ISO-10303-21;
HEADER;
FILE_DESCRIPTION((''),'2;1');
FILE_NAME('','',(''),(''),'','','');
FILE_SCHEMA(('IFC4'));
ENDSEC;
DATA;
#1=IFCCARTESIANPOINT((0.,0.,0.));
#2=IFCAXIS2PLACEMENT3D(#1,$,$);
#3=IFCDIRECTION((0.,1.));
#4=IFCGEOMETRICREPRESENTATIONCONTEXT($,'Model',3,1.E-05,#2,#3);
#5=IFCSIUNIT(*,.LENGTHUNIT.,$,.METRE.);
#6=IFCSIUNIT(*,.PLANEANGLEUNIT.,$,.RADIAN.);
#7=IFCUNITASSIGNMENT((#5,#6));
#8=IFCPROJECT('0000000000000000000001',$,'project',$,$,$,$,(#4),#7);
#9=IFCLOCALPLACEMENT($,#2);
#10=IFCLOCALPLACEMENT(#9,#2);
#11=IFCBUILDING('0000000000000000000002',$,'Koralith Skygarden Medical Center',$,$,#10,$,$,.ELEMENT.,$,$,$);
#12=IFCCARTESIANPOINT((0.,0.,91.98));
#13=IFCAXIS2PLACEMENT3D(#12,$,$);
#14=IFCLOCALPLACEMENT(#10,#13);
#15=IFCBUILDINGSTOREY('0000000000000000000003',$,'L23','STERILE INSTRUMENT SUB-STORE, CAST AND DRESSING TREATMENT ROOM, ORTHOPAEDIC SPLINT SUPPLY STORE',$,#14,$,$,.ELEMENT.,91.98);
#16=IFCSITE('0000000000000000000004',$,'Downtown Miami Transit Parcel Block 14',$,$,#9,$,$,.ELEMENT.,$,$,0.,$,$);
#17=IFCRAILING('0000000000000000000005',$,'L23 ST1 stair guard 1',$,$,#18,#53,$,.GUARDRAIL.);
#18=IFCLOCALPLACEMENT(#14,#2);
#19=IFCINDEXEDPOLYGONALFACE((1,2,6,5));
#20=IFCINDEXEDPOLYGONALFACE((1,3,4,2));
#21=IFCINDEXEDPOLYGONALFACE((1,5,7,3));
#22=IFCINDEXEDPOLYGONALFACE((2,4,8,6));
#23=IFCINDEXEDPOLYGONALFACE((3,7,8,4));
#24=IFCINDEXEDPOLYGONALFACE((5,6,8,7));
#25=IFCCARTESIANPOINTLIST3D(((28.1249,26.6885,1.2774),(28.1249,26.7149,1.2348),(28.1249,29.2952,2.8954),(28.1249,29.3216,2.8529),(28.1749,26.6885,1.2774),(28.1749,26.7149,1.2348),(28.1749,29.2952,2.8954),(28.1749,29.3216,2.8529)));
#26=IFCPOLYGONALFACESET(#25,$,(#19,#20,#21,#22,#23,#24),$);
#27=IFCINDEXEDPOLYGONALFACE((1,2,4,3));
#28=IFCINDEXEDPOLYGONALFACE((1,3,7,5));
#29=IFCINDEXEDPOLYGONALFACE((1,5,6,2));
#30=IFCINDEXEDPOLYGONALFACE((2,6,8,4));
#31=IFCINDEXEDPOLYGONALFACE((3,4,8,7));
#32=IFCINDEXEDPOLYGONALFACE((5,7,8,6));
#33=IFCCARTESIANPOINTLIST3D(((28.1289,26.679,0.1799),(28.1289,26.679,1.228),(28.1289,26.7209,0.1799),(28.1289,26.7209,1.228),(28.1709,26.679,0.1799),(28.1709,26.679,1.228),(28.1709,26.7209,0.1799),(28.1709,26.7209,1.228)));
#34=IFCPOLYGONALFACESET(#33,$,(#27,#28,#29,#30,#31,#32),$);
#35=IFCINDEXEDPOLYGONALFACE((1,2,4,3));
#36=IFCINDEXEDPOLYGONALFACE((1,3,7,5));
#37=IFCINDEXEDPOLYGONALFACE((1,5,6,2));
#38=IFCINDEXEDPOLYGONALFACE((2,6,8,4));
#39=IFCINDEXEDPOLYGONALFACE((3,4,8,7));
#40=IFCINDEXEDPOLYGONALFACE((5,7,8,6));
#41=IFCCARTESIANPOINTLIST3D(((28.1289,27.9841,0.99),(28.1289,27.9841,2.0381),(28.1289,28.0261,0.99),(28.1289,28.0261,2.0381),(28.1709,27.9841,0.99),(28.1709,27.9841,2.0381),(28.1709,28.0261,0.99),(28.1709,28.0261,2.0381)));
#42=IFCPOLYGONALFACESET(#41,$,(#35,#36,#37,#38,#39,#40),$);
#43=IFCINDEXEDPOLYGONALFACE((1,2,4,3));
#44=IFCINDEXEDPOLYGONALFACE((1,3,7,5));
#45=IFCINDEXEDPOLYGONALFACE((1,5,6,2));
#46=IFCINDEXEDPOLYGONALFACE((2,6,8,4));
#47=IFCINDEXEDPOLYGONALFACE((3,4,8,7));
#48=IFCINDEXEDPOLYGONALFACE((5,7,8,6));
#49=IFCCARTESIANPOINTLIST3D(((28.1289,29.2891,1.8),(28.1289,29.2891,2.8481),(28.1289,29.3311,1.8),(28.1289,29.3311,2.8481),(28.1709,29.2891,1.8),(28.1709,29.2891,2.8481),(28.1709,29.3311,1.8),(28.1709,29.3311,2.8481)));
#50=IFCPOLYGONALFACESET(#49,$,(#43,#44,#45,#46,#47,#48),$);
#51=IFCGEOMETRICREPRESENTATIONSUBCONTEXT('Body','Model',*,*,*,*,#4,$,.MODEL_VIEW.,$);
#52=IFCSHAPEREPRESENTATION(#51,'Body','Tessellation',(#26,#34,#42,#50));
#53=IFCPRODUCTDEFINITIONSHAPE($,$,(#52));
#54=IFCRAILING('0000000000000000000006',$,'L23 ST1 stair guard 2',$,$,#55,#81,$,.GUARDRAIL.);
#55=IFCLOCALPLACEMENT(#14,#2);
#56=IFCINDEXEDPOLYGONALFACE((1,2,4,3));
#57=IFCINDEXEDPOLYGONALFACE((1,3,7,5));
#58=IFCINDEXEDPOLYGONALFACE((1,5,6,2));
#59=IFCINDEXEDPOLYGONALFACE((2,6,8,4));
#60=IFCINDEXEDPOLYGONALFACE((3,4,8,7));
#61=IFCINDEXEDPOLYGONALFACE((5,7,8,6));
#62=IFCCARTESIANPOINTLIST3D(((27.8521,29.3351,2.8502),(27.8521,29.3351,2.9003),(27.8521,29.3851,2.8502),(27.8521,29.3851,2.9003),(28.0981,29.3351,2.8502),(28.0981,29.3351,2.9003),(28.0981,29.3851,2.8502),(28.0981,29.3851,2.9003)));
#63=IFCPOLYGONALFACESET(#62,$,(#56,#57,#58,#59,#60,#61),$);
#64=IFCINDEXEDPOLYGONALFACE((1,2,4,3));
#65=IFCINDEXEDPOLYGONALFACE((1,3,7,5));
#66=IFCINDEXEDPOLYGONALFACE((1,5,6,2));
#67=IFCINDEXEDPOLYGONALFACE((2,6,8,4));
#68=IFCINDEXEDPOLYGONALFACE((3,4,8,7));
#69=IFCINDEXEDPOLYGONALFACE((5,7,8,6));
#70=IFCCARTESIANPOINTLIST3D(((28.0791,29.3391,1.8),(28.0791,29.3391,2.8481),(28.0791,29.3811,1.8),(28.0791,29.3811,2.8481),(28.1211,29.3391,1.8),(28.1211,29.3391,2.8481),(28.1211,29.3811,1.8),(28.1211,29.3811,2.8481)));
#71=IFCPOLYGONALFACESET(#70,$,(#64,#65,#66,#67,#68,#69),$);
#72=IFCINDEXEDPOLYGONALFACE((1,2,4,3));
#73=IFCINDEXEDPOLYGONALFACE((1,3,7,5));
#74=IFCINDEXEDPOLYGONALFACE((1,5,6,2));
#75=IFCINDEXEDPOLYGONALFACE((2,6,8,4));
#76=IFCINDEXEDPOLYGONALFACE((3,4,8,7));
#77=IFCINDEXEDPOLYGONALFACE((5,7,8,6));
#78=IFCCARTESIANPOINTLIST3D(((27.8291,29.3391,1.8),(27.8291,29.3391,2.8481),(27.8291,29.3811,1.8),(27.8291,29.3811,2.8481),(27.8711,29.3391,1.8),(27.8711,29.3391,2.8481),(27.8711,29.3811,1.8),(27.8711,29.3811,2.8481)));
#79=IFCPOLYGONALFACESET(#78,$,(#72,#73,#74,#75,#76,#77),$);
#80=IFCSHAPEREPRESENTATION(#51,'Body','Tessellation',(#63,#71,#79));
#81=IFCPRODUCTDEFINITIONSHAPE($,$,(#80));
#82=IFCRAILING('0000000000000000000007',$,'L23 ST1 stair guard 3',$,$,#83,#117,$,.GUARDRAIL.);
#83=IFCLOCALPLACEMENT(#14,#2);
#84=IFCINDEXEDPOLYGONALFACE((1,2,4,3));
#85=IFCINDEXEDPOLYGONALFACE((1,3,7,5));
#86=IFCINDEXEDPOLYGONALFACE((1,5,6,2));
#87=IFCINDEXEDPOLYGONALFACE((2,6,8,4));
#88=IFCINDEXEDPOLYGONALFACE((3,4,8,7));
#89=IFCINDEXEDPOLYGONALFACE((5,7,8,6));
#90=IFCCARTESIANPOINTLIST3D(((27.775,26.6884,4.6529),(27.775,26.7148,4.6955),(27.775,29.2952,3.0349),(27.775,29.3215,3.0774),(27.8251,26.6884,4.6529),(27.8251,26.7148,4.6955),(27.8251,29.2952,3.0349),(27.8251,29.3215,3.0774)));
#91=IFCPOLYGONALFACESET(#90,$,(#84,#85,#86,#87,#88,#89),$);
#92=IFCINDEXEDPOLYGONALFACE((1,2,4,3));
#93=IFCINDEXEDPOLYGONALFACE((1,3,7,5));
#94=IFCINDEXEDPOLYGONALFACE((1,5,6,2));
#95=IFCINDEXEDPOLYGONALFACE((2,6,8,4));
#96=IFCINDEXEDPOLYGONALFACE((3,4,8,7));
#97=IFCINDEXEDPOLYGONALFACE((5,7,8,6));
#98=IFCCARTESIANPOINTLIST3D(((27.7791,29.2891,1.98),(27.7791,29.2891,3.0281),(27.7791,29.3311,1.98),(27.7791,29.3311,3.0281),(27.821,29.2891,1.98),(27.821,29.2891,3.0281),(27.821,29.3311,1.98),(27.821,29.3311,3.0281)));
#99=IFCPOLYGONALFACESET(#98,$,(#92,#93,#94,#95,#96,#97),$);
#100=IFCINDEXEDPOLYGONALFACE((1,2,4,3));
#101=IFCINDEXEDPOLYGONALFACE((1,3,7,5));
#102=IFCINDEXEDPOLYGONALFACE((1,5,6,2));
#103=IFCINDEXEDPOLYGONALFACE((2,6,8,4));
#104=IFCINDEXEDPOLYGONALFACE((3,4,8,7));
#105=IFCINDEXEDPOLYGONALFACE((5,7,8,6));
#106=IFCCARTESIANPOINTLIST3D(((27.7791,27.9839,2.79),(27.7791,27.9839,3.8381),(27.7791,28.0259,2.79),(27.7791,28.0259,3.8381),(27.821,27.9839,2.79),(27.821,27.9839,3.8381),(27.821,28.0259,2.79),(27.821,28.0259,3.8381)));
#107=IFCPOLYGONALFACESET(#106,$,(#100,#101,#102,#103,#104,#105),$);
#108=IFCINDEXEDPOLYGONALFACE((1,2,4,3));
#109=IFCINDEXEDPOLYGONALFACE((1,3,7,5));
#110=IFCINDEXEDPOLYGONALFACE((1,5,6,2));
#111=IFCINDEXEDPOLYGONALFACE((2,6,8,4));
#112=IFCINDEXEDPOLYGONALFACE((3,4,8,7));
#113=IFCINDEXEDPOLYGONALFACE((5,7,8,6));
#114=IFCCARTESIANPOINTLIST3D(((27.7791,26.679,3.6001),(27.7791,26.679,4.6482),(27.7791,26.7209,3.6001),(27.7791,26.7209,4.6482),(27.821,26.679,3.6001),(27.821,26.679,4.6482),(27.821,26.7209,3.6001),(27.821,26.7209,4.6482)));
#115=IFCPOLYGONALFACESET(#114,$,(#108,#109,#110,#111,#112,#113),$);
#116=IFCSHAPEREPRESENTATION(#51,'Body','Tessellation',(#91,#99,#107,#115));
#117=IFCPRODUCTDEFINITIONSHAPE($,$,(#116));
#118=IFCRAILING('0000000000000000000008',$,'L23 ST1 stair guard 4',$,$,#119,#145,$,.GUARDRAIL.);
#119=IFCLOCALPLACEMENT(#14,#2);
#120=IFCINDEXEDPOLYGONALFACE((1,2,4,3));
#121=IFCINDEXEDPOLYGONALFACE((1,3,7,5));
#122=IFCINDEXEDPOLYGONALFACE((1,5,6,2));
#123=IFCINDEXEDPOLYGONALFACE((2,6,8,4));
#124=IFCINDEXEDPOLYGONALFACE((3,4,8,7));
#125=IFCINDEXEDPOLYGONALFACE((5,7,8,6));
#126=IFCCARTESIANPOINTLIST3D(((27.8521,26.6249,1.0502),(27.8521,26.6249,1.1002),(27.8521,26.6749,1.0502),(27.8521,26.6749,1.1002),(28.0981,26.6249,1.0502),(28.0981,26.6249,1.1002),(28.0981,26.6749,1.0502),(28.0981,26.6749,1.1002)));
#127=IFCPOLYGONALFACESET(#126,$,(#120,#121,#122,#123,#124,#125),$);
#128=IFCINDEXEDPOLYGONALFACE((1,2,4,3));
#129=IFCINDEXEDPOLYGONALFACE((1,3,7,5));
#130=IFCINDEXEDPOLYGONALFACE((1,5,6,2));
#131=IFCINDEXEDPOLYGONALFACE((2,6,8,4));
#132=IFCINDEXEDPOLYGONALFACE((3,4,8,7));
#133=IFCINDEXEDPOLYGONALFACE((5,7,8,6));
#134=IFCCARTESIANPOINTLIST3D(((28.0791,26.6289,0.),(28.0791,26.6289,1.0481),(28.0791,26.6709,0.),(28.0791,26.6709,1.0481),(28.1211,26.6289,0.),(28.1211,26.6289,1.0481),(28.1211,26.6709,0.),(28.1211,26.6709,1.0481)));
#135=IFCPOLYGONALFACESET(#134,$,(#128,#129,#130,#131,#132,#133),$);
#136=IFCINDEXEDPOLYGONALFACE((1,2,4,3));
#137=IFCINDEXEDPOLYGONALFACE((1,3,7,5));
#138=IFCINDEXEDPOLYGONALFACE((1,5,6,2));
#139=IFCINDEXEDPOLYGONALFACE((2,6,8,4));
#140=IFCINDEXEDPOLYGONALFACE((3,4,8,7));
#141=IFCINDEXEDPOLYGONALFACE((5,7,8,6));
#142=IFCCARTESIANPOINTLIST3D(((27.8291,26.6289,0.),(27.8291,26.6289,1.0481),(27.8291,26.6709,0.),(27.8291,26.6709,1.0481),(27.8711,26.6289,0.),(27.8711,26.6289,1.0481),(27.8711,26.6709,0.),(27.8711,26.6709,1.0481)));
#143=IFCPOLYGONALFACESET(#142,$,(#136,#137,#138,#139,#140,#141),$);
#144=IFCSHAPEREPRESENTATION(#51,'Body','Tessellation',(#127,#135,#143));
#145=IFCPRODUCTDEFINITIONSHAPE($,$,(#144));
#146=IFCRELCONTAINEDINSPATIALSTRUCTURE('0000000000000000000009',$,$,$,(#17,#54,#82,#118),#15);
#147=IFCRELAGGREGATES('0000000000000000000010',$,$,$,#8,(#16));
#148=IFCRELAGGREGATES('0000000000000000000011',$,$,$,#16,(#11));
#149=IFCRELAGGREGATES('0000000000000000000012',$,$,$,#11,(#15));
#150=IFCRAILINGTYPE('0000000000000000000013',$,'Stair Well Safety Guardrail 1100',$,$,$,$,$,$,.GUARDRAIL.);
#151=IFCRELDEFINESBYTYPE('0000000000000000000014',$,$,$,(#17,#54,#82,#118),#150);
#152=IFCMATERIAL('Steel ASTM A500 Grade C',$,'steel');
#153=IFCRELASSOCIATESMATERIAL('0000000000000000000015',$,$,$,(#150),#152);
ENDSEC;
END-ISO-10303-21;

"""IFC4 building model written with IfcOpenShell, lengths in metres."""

from ifc_helpers import new_model, si_unit, direction, frame, origin, origin_2d, place, context, subcontext, project, spatial, rectangle, extrude, material, type_object, element, save


model = new_model("IFC4")

# Units and contexts
model_context = context("Model", 3, precision=1e-05, world=origin(), true_north=direction((0.0, 1.0)))
body_context = subcontext(model_context, "Body", "Model", "MODEL_VIEW")
ifc_project = project(units=[si_unit("LENGTHUNIT", "METRE"), si_unit("PLANEANGLEUNIT", "RADIAN")], contexts=[model_context])

# Site, building, storey
site_placement = place(None, origin())
site = spatial("IfcSite", under=ifc_project, at=site_placement, Name="Downtown Miami Transit Parcel Block 14", CompositionType="ELEMENT", RefElevation=0.0)
building_placement = place(site_placement, origin())
building = spatial("IfcBuilding", under=site, at=building_placement, Name="Koralith Skygarden Medical Center", CompositionType="ELEMENT")
storey_placement = place(building_placement, frame((0.0, 0.0, 91.98)))
storey = spatial("IfcBuildingStorey", under=building, at=storey_placement, Name="L23", Description="STERILE INSTRUMENT SUB-STORE, CAST AND DRESSING TREATMENT ROOM, ORTHOPAEDIC SPLINT SUPPLY STORE", CompositionType="ELEMENT", Elevation=91.98)

# Railings
ifc_material_1 = material(Name="Steel ASTM A500 Grade C", Category="steel")
railing_type_1 = type_object("IfcRailingType", Name="Stair Well Safety Guardrail 1100", PredefinedType="GUARDRAIL", material=ifc_material_1)
railing_1_placement = place(storey_placement, frame((28.1499, 26.7, 0.1799)))
element("IfcRailing", 1, at=railing_1_placement, inside=storey, type_object=railing_type_1, Name="L23 ST1 stair guard 1", PredefinedType="GUARDRAIL", context=body_context, shape_type="SweptSolid", body=[
    extrude(rectangle(XDim=0.05, YDim=0.05, at=origin_2d()), frame((0.0, 0.0017, 1.0762), z_axis=(0.0, 0.849633, 0.527375), x_axis=(-1.0, 0.0, 0.0)), (0.0, 0.0, 1.0), 3.0681),
    extrude(rectangle(XDim=0.042, YDim=0.042, at=origin_2d()), origin(), (0.0, 0.0, 1.0), 1.0481),
    extrude(rectangle(XDim=0.042, YDim=0.042, at=origin_2d()), frame((0.0, 1.3052, 0.8101)), (0.0, 0.0, 1.0), 1.0481),
    extrude(rectangle(XDim=0.042, YDim=0.042, at=origin_2d()), frame((0.0, 2.6101, 1.6201)), (0.0, 0.0, 1.0), 1.0481),
])
railing_2_placement = place(storey_placement, frame((28.1001, 29.3601, 1.8)))
element("IfcRailing", 2, at=railing_2_placement, inside=storey, type_object=railing_type_1, Name="L23 ST1 stair guard 2", PredefinedType="GUARDRAIL", context=body_context, shape_type="SweptSolid", body=[
    extrude(rectangle(XDim=0.05, YDim=0.05, at=origin_2d()), frame((-0.002, 0.0, 1.0752), z_axis=(-1.0, 0.0, 0.0), x_axis=(0.0, -1.0, 0.0)), (0.0, 0.0, 1.0), 0.2461),
    extrude(rectangle(XDim=0.042, YDim=0.042, at=origin_2d()), origin(), (0.0, 0.0, 1.0), 1.0481),
    extrude(rectangle(XDim=0.042, YDim=0.042, at=origin_2d()), frame((-0.25, 0.0, 0.0)), (0.0, 0.0, 1.0), 1.0481),
])
railing_3_placement = place(storey_placement, frame((27.8, 29.3101, 1.98)))
element("IfcRailing", 3, at=railing_3_placement, inside=storey, type_object=railing_type_1, Name="L23 ST1 stair guard 3", PredefinedType="GUARDRAIL", context=body_context, shape_type="SweptSolid", body=[
    extrude(rectangle(XDim=0.05, YDim=0.05, at=origin_2d()), frame((0.0, -0.0017, 1.0762), z_axis=(0.0, -0.849633, 0.527375), x_axis=(1.0, 0.0, 0.0)), (0.0, 0.0, 1.0), 3.0681),
    extrude(rectangle(XDim=0.042, YDim=0.042, at=origin_2d()), origin(), (0.0, 0.0, 1.0), 1.0481),
    extrude(rectangle(XDim=0.042, YDim=0.042, at=origin_2d()), frame((0.0, -1.3052, 0.8101)), (0.0, 0.0, 1.0), 1.0481),
    extrude(rectangle(XDim=0.042, YDim=0.042, at=origin_2d()), frame((0.0, -2.6101, 1.6201)), (0.0, 0.0, 1.0), 1.0481),
])
railing_4_placement = place(storey_placement, frame((28.1001, 26.6499, 0.0)))
element("IfcRailing", 4, at=railing_4_placement, inside=storey, type_object=railing_type_1, Name="L23 ST1 stair guard 4", PredefinedType="GUARDRAIL", context=body_context, shape_type="SweptSolid", body=[
    extrude(rectangle(XDim=0.05, YDim=0.05, at=origin_2d()), frame((-0.002, 0.0, 1.0752), z_axis=(-1.0, 0.0, 0.0), x_axis=(0.0, -1.0, 0.0)), (0.0, 0.0, 1.0), 0.2461),
    extrude(rectangle(XDim=0.042, YDim=0.042, at=origin_2d()), origin(), (0.0, 0.0, 1.0), 1.0481),
    extrude(rectangle(XDim=0.042, YDim=0.042, at=origin_2d()), frame((-0.25, 0.0, 0.0)), (0.0, 0.0, 1.0), 1.0481),
])

save(model, "model.ifc")
